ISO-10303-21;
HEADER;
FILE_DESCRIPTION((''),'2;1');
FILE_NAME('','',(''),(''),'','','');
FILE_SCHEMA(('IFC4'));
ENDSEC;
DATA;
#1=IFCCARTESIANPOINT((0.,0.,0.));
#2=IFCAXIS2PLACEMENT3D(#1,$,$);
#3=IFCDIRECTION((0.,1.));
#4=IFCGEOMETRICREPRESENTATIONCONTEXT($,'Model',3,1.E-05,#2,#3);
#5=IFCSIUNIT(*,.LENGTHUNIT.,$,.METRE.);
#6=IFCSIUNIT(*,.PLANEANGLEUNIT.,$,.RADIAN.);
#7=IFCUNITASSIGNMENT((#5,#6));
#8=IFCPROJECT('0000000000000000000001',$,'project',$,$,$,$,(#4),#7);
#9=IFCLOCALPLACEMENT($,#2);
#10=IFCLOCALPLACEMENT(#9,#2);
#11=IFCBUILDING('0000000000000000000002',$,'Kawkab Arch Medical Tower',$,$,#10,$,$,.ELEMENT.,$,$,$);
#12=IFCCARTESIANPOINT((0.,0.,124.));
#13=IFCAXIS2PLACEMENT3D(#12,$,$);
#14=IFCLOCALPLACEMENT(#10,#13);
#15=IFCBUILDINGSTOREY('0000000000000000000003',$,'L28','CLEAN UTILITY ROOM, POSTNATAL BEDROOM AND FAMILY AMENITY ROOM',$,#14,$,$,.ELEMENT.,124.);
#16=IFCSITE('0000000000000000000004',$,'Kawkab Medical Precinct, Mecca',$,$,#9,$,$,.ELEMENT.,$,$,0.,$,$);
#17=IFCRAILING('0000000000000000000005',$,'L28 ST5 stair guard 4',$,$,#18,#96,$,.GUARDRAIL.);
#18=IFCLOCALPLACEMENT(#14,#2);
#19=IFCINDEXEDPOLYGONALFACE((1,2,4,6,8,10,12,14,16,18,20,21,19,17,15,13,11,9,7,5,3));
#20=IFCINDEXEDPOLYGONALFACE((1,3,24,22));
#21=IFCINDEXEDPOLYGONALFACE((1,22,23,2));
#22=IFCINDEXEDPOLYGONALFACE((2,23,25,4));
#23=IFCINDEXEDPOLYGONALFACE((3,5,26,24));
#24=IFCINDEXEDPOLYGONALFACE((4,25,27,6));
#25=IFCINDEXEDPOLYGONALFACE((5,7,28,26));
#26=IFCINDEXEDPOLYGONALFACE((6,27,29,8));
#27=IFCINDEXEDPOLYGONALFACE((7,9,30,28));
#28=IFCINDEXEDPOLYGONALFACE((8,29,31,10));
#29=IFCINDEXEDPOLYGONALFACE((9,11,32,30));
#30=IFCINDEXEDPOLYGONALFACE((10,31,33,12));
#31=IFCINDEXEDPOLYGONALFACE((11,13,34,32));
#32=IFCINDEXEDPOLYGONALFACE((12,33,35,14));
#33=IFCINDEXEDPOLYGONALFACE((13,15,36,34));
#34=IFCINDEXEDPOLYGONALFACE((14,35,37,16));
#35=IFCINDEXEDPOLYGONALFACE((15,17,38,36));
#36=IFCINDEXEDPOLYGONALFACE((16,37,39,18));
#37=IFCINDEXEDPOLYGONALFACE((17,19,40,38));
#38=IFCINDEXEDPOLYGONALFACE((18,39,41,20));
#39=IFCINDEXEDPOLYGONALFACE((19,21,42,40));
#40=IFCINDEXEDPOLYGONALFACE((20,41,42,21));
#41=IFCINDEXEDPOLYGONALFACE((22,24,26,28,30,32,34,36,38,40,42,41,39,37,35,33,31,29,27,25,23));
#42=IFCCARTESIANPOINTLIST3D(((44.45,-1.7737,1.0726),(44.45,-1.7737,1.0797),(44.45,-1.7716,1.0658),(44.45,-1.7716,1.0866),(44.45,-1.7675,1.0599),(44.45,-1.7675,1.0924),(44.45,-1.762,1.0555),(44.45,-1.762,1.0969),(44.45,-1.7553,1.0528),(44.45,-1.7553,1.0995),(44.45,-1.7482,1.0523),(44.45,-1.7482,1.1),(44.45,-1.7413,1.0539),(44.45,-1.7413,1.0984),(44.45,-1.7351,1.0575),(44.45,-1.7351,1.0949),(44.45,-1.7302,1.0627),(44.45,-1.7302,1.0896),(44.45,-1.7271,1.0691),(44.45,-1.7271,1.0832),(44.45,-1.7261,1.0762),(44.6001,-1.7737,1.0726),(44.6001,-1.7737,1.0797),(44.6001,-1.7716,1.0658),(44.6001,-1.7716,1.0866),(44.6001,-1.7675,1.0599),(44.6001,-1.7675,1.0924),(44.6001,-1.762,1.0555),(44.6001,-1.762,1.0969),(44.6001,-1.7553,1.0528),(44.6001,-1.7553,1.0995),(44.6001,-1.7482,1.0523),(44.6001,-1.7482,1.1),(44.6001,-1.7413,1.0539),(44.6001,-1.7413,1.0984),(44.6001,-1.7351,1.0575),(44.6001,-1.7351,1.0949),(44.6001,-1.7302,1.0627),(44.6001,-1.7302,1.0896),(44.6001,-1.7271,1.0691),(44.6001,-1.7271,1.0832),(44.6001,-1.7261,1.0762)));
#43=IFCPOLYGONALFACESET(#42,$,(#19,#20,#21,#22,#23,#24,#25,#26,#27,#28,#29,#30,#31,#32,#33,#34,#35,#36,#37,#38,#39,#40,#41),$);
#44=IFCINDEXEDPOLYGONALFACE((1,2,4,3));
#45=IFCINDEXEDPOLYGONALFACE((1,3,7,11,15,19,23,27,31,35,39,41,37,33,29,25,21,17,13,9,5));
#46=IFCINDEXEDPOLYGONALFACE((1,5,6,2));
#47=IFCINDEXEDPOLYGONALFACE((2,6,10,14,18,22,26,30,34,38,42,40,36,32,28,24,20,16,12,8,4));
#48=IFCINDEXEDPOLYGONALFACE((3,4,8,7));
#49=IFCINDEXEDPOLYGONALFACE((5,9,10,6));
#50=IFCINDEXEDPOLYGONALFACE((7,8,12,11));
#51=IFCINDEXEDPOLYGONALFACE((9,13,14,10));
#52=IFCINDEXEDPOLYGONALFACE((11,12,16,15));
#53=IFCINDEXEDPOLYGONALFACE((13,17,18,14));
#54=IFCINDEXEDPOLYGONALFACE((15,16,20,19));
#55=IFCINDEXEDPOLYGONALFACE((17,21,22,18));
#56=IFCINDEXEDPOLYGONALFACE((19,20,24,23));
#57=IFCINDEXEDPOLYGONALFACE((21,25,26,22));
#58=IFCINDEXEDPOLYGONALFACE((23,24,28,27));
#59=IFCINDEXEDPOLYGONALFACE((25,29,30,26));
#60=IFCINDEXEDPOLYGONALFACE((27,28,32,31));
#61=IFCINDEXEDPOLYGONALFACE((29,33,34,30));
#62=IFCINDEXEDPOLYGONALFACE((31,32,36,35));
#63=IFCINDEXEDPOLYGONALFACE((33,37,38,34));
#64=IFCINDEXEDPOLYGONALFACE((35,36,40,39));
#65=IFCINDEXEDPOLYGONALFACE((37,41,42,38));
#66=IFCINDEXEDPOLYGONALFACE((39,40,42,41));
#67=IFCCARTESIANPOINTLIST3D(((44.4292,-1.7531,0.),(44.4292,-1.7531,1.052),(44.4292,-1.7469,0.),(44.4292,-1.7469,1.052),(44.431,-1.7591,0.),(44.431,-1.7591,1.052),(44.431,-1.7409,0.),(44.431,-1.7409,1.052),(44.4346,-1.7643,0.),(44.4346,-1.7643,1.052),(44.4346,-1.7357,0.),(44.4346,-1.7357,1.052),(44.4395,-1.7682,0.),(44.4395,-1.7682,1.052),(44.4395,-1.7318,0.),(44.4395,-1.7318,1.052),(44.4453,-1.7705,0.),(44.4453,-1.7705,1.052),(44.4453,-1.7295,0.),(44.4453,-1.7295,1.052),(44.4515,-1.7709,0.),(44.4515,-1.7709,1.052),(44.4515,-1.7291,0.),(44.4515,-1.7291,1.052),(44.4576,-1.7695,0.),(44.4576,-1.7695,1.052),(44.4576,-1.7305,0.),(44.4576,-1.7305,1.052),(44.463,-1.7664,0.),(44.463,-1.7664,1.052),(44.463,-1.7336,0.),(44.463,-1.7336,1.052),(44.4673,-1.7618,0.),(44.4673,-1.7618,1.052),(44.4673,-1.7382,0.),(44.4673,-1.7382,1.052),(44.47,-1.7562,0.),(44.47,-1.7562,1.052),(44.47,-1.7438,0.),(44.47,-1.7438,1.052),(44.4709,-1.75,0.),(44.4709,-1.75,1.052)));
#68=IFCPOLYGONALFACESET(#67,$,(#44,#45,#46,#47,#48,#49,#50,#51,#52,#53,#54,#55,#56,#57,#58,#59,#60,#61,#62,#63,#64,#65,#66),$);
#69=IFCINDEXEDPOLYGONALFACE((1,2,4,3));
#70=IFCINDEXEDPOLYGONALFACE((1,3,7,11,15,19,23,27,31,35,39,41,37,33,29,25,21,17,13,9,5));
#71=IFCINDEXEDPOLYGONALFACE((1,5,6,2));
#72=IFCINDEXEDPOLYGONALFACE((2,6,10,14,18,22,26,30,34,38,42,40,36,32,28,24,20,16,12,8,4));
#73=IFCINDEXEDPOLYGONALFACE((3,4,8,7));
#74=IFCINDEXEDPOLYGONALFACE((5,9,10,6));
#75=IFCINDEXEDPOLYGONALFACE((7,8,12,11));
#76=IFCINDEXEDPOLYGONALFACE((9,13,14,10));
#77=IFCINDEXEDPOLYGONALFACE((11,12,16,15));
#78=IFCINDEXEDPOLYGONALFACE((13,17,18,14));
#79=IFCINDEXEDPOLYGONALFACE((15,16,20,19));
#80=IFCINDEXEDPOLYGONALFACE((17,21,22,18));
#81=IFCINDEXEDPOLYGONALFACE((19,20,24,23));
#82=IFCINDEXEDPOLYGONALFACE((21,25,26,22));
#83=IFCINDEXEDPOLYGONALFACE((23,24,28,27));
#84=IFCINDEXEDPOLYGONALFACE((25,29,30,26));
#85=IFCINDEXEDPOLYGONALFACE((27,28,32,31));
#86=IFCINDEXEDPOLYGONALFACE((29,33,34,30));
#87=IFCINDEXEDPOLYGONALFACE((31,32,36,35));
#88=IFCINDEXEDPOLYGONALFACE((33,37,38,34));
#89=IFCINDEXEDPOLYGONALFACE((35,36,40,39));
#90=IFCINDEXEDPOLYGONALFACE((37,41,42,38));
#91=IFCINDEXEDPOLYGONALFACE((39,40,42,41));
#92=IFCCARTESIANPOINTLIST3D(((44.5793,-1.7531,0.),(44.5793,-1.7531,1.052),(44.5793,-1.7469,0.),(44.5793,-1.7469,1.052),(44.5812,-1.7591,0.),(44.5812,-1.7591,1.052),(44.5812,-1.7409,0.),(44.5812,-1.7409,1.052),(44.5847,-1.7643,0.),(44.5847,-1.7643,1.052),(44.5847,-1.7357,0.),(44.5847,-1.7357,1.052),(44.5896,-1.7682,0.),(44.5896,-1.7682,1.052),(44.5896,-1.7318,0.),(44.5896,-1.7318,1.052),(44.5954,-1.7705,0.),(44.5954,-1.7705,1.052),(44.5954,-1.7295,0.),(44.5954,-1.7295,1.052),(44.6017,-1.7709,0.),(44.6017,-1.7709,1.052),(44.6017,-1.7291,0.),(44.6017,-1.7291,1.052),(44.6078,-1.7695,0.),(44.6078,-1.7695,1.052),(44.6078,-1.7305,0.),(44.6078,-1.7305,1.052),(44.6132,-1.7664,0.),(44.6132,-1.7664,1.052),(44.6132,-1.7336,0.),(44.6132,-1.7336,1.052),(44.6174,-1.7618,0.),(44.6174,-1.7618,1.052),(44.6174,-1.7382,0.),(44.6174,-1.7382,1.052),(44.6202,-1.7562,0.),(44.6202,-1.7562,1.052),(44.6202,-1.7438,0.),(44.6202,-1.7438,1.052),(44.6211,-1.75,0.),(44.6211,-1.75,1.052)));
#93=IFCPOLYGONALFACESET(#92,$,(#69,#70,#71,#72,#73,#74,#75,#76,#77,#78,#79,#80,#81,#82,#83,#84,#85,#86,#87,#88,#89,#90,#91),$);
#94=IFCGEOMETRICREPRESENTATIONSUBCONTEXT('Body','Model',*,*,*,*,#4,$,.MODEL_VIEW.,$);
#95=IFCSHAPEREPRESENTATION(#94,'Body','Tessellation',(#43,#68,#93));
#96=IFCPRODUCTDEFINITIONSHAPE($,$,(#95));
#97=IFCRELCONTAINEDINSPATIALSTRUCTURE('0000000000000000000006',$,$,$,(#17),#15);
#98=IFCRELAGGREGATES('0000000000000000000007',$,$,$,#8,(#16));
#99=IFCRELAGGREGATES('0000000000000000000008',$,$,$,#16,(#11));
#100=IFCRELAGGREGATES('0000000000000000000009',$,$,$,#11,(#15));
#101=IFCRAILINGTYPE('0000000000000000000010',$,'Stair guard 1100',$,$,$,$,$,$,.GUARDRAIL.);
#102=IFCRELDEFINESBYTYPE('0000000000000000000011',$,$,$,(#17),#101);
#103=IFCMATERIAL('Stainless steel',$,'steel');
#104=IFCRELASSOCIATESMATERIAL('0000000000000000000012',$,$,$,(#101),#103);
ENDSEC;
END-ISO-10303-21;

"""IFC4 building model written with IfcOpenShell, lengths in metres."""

from ifc_helpers import new_model, si_unit, direction, frame, origin, origin_2d, place, context, subcontext, project, spatial, circle, extrude, material, type_object, element, save


model = new_model("IFC4")

# Units and contexts
model_context = context("Model", 3, precision=1e-05, world=origin(), true_north=direction((0.0, 1.0)))
body_context = subcontext(model_context, "Body", "Model", "MODEL_VIEW")
ifc_project = project(units=[si_unit("LENGTHUNIT", "METRE"), si_unit("PLANEANGLEUNIT", "RADIAN")], contexts=[model_context])

# Site, building, storey
site_placement = place(None, origin())
site = spatial("IfcSite", under=ifc_project, at=site_placement, Name="Kawkab Medical Precinct, Mecca", CompositionType="ELEMENT", RefElevation=0.0)
building_placement = place(site_placement, origin())
building = spatial("IfcBuilding", under=site, at=building_placement, Name="Kawkab Arch Medical Tower", CompositionType="ELEMENT")
storey_placement = place(building_placement, frame((0.0, 0.0, 124.0)))
storey = spatial("IfcBuildingStorey", under=building, at=storey_placement, Name="L28", Description="CLEAN UTILITY ROOM, POSTNATAL BEDROOM AND FAMILY AMENITY ROOM", CompositionType="ELEMENT", Elevation=124.0)

# Railing
ifc_material_1 = material(Name="Stainless steel", Category="steel")
railing_type = type_object("IfcRailingType", Name="Stair guard 1100", PredefinedType="GUARDRAIL", material=ifc_material_1)
railing_1_placement = place(storey_placement, frame((44.45, -1.75, 0.0)))
element("IfcRailing", 1, at=railing_1_placement, inside=storey, type_object=railing_type, Name="L28 ST5 stair guard 4", PredefinedType="GUARDRAIL", context=body_context, shape_type="SweptSolid", body=[
    extrude(circle(Radius=0.0239, at=origin_2d()), frame((0.0, 0.0, 1.0762), z_axis=(1.0, 0.0, 0.0), x_axis=(0.0, 1.0, 0.0)), (0.0, 0.0, 1.0), 0.1501),
    extrude(circle(Radius=0.021, at=origin_2d()), origin(), (0.0, 0.0, 1.0), 1.052),
    extrude(circle(Radius=0.021, at=origin_2d()), frame((0.1501, 0.0, 0.0)), (0.0, 0.0, 1.0), 1.052),
])

save(model, "model.ifc")
